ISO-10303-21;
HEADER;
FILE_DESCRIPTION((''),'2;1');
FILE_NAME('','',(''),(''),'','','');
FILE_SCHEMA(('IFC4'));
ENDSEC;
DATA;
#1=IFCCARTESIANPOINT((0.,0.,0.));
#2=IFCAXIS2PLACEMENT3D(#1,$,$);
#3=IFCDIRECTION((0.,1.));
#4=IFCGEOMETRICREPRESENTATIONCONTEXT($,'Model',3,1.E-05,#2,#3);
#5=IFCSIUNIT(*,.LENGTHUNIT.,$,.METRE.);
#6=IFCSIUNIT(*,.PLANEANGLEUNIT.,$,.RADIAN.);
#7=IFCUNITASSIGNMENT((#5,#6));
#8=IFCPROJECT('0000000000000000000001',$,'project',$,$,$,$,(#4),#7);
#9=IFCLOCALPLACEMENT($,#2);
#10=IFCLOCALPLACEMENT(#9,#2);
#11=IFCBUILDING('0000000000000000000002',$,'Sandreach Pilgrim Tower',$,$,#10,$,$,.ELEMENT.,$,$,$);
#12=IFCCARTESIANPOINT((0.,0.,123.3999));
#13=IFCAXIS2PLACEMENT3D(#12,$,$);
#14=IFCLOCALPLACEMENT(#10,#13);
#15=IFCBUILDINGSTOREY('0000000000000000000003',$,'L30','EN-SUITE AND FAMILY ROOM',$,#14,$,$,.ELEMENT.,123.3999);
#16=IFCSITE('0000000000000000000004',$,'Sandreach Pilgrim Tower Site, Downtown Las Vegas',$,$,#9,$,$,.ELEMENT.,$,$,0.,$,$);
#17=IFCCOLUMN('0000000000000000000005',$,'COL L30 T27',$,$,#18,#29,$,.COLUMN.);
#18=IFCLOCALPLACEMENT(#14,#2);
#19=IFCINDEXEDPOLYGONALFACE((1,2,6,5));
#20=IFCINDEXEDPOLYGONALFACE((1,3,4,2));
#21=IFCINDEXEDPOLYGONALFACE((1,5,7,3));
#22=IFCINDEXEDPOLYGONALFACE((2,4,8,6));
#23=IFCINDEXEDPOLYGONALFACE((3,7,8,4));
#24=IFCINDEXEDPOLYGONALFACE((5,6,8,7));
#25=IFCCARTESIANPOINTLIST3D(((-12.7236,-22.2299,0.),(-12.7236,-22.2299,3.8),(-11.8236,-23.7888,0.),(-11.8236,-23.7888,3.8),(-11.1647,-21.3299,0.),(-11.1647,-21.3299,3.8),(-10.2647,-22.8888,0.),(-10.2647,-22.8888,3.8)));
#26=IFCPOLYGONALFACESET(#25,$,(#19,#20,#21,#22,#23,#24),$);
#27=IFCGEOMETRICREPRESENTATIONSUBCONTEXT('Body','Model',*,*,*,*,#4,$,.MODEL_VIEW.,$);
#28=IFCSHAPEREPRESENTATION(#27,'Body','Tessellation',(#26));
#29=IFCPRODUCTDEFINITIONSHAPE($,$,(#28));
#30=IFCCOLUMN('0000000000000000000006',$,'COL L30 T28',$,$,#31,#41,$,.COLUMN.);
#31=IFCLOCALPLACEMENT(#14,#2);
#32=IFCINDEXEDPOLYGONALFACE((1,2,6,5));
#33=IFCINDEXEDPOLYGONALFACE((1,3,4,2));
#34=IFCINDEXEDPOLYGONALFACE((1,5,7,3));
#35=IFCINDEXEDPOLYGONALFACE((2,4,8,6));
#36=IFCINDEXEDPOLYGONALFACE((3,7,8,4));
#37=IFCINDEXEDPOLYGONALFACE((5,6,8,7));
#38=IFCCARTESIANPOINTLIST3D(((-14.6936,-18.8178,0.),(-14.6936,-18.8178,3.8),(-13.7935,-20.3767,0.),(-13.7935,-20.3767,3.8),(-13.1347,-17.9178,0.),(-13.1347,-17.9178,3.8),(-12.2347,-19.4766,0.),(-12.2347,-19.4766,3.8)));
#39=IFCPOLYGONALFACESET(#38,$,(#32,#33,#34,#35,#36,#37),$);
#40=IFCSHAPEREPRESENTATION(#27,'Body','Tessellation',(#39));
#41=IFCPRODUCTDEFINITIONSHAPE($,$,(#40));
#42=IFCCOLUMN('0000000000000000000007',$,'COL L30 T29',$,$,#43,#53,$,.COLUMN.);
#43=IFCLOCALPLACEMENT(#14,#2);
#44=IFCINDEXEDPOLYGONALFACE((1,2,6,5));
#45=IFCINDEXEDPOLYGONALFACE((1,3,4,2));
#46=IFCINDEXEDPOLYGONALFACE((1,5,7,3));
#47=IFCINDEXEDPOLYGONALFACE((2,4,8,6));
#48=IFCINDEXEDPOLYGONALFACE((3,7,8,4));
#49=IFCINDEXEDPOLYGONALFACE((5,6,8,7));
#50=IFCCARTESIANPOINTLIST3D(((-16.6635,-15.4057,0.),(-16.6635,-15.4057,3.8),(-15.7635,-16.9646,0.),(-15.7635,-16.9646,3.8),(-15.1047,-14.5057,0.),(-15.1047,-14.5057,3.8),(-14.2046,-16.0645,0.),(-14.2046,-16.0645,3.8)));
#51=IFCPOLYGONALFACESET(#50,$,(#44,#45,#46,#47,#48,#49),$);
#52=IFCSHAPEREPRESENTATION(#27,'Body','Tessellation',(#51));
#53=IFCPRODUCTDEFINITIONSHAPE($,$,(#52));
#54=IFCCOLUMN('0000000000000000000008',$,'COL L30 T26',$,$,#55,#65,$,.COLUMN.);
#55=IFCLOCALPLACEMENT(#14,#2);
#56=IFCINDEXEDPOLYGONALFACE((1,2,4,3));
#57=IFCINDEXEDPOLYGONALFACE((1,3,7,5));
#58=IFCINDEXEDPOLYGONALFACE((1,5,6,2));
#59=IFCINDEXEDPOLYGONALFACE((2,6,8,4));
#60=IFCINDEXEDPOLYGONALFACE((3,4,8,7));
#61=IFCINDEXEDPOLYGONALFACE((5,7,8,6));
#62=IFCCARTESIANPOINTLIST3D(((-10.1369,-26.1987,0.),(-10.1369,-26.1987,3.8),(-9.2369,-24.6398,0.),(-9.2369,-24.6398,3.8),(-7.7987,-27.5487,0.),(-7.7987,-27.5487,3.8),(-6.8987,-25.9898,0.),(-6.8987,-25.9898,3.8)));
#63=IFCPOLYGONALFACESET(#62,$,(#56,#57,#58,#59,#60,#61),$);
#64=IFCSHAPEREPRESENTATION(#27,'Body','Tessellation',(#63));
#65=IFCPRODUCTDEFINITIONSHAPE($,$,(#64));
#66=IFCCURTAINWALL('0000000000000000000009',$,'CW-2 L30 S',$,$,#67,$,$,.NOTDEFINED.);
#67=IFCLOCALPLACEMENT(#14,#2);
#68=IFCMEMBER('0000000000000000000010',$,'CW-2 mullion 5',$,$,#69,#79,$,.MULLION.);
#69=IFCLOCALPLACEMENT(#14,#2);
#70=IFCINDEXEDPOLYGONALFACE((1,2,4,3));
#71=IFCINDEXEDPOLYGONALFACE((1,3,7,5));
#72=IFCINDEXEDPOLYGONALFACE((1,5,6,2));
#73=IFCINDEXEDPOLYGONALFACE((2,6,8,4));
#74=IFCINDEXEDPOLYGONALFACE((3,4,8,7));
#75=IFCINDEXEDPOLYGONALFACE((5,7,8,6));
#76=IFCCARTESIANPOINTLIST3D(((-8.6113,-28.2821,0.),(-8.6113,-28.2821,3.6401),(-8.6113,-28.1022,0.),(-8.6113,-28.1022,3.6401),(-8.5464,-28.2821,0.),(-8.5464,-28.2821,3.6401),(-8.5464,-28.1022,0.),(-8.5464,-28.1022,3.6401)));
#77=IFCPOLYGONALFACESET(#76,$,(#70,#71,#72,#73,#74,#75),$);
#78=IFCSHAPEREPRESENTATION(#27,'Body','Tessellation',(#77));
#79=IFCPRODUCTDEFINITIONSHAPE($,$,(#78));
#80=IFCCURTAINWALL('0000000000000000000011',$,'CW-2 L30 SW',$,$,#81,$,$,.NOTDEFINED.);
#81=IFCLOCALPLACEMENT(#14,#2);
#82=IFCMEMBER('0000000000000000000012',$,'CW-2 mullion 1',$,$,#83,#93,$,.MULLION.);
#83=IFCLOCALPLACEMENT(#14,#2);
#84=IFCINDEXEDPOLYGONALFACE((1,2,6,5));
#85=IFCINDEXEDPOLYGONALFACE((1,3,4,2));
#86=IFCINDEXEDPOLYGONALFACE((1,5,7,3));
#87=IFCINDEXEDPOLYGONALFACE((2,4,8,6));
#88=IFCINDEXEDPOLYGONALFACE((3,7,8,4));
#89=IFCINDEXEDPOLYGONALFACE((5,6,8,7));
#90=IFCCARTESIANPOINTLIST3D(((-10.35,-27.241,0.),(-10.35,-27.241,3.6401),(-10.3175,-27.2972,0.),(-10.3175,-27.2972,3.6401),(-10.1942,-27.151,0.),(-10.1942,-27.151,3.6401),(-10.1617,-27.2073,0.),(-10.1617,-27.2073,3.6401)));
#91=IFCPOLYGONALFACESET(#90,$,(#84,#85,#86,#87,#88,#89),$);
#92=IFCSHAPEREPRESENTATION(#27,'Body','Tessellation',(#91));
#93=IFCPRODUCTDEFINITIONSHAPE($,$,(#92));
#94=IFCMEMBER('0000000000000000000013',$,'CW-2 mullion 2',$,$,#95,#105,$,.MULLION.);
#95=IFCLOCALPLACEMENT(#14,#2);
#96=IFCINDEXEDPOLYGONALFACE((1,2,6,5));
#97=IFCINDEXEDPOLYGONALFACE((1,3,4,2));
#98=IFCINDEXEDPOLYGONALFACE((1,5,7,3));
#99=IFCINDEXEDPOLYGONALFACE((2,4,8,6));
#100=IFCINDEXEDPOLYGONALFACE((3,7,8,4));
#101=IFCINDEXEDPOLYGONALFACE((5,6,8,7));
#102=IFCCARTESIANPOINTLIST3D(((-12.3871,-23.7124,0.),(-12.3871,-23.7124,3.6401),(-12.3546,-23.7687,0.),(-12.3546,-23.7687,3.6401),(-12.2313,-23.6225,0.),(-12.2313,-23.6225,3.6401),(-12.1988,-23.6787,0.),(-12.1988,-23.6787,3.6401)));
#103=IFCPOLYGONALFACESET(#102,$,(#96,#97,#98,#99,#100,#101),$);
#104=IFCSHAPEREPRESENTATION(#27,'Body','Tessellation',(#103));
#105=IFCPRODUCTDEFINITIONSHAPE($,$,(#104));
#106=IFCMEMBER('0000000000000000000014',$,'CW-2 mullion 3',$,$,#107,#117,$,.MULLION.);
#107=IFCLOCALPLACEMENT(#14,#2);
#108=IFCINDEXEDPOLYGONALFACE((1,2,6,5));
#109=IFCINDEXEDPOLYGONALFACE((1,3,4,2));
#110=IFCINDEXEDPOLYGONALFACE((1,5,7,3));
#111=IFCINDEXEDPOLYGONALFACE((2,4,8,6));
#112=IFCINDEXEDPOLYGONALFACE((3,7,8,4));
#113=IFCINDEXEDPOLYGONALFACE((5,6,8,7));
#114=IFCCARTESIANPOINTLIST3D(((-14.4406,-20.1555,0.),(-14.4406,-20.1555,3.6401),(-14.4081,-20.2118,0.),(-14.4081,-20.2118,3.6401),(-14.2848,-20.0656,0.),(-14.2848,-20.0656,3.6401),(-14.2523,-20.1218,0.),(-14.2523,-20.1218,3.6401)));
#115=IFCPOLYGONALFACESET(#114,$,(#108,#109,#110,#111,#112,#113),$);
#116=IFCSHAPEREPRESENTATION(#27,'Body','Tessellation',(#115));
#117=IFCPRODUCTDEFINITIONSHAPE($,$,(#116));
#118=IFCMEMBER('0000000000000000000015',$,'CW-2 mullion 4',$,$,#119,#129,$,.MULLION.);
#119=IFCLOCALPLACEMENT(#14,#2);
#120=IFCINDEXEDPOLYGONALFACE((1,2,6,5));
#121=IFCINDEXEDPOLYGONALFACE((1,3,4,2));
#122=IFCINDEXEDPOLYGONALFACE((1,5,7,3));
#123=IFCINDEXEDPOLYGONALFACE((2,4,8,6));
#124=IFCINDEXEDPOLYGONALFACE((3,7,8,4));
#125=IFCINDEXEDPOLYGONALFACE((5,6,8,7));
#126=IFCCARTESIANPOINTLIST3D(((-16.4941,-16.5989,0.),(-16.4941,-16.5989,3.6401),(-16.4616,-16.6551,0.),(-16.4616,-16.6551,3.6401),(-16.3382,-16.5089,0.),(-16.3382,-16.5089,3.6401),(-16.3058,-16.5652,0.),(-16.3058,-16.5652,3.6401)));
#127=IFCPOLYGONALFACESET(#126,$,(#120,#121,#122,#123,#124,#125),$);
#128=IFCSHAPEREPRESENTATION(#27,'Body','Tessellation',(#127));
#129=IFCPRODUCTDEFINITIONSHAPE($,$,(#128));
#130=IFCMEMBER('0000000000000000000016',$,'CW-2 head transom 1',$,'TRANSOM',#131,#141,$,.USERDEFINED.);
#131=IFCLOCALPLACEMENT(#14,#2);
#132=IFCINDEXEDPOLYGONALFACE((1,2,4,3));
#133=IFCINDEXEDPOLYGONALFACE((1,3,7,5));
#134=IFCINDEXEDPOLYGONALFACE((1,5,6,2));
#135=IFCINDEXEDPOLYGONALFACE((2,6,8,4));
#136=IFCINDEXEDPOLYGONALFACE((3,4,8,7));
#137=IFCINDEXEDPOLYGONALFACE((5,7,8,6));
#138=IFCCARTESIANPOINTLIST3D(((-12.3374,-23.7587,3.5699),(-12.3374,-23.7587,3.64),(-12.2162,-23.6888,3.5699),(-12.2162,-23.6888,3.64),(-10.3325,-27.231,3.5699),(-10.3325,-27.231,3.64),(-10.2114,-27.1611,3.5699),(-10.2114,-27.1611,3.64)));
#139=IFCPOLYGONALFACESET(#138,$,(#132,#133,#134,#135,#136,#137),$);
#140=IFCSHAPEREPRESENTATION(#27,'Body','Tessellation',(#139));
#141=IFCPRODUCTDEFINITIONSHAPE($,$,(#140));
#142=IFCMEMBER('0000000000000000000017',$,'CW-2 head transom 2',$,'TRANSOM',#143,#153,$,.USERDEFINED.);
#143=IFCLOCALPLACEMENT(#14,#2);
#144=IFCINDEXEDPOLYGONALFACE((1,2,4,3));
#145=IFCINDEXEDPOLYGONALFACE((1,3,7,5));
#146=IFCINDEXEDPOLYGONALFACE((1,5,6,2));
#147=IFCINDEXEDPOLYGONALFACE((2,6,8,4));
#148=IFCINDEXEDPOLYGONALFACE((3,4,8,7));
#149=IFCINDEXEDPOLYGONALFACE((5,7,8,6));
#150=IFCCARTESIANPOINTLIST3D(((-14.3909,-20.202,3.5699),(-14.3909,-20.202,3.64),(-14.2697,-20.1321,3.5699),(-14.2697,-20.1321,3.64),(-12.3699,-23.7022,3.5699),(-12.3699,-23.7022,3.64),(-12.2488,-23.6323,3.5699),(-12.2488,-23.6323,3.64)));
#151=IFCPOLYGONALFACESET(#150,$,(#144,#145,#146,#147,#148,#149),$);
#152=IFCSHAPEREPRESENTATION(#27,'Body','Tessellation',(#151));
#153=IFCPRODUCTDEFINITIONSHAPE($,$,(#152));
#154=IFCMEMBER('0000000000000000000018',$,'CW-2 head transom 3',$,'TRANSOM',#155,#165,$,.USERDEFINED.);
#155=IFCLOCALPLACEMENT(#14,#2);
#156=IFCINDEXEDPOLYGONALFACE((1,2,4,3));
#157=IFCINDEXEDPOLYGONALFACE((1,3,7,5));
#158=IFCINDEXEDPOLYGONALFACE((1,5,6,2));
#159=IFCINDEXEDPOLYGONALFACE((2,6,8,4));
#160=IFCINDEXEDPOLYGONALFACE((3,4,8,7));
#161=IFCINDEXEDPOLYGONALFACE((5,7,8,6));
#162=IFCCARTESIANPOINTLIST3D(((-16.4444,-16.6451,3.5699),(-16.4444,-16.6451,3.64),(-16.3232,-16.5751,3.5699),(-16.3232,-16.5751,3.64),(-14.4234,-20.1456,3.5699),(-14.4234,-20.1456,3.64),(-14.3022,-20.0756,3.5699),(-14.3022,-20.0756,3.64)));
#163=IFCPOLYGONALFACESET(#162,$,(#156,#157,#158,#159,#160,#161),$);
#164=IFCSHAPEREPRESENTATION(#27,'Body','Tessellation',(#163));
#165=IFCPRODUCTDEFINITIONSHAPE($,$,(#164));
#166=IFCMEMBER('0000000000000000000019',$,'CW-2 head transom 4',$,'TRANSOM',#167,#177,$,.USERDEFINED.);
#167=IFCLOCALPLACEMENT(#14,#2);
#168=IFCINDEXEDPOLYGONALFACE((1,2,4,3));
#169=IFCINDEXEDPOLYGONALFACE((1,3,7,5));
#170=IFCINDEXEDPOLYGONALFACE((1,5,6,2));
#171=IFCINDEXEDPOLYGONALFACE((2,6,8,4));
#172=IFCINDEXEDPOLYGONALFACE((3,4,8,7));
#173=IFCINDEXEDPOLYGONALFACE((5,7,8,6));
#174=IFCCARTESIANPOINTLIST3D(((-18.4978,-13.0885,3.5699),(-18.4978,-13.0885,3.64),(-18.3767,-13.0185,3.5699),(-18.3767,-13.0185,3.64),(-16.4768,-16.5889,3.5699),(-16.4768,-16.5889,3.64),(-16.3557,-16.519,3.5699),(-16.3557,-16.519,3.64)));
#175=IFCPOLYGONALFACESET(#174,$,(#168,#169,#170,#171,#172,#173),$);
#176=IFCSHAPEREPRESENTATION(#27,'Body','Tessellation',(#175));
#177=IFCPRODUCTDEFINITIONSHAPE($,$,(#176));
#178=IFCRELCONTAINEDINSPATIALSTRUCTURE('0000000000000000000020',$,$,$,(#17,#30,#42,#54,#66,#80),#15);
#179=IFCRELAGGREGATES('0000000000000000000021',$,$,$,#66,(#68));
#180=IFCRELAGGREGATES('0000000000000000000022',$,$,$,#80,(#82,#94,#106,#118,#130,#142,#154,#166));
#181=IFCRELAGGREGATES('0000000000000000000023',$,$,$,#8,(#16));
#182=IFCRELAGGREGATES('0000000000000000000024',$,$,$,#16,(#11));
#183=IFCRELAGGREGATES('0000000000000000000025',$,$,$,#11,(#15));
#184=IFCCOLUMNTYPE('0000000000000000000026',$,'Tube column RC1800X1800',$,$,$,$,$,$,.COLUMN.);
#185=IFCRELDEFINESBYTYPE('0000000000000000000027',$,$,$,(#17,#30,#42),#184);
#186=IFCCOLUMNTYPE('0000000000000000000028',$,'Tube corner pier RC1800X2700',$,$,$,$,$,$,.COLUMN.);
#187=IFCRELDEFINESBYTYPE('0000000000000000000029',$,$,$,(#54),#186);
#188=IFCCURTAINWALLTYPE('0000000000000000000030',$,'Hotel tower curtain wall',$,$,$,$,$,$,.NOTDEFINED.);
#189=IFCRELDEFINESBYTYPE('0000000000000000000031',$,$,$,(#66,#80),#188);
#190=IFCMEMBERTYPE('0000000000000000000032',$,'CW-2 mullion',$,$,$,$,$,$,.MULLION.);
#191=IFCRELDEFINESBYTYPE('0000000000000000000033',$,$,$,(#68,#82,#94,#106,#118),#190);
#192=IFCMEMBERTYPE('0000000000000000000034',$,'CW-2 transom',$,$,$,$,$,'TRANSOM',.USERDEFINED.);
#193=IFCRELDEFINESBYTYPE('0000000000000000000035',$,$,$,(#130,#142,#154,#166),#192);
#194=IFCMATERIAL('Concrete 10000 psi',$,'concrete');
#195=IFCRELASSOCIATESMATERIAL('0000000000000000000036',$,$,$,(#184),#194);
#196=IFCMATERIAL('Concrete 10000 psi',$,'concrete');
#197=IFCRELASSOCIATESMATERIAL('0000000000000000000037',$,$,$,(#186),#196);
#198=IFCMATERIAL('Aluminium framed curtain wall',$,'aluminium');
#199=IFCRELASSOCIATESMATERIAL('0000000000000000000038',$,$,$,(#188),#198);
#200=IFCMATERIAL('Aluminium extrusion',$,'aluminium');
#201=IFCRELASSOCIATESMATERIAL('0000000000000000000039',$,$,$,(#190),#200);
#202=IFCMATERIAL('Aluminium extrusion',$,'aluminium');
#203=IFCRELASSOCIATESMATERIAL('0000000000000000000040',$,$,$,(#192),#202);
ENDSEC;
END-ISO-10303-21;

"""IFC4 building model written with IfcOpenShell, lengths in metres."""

from ifc_helpers import new_model, si_unit, direction, frame, origin, origin_2d, place, context, subcontext, project, spatial, rectangle, extrude, material, material_profile, profile_set, type_object, element, aggregate, save


model = new_model("IFC4")

# Units and contexts
model_context = context("Model", 3, precision=1e-05, world=origin(), true_north=direction((0.0, 1.0)))
body_context = subcontext(model_context, "Body", "Model", "MODEL_VIEW")
ifc_project = project(units=[si_unit("LENGTHUNIT", "METRE"), si_unit("PLANEANGLEUNIT", "RADIAN")], contexts=[model_context])

# Site, building, storey
site_placement = place(None, origin())
site = spatial("IfcSite", under=ifc_project, at=site_placement, Name="Sandreach Pilgrim Tower Site, Downtown Las Vegas", CompositionType="ELEMENT", RefElevation=0.0)
building_placement = place(site_placement, origin())
building = spatial("IfcBuilding", under=site, at=building_placement, Name="Sandreach Pilgrim Tower", CompositionType="ELEMENT")
storey_placement = place(building_placement, frame((0.0, 0.0, 123.3999)))
storey = spatial("IfcBuildingStorey", under=building, at=storey_placement, Name="L30", Description="EN-SUITE AND FAMILY ROOM", CompositionType="ELEMENT", Elevation=123.3999)

# Columns
ifc_material_1 = material(Name="Concrete 10000 psi", Category="concrete")
ifc_material_profile_1 = material_profile(ifc_material_1, rectangle(XDim=1.8, YDim=1.8, at=origin_2d()), Name="RC1800X1800")
ifc_profile_set_1 = profile_set([ifc_material_profile_1], Name="Concrete 10000 psi")
column_type_1 = type_object("IfcColumnType", Name="Tube column RC1800X1800", PredefinedType="COLUMN", material=ifc_profile_set_1)
for number, where, z_axis, x_axis, name in (
    (1, (-11.4941, -22.5593, 0.0), (0.0, 0.0, 1.0), (-0.866025, -0.5, 0.0), "COL L30 T27"),
    (2, (-13.4641, -19.1472, 0.0), (0.0, 0.0, 1.0), (-0.866025, -0.5, 0.0), "COL L30 T28"),
    (3, (-15.4341, -15.7351, 0.0), (0.0, 0.0, 1.0), (-0.866025, -0.5, 0.0), "COL L30 T29"),
):
    element("IfcColumn", number, at=place(storey_placement, frame(where, z_axis=z_axis, x_axis=x_axis)), inside=storey, type_object=column_type_1, Name=name, PredefinedType="COLUMN", context=body_context, shape_type="SweptSolid", body=[
        extrude(rectangle(XDim=1.8, YDim=1.8, at=origin_2d()), origin(), (0.0, 0.0, 1.0), 3.8),
    ])
ifc_material_2 = material(Name="Concrete 10000 psi", Category="concrete")
ifc_material_profile_2 = material_profile(ifc_material_2, rectangle(XDim=1.8, YDim=2.7, at=origin_2d()), Name="RC1800X2700")
ifc_profile_set_2 = profile_set([ifc_material_profile_2], Name="Concrete 10000 psi")
column_type_2 = type_object("IfcColumnType", Name="Tube corner pier RC1800X2700", PredefinedType="COLUMN", material=ifc_profile_set_2)
column_placement = place(storey_placement, frame((-8.5178, -26.0942, 0.0), z_axis=(0.0, 0.0, 1.0), x_axis=(-0.5, -0.866025, 0.0)))
element("IfcColumn", 4, at=column_placement, inside=storey, type_object=column_type_2, Name="COL L30 T26", PredefinedType="COLUMN", context=body_context, shape_type="SweptSolid", body=[
    extrude(rectangle(XDim=1.8, YDim=2.7, at=origin_2d()), origin(), (0.0, 0.0, 1.0), 3.8),
])

# Curtain wall, member
ifc_material_3 = material(Name="Aluminium framed curtain wall", Category="aluminium")
curtain_wall_type = type_object("IfcCurtainWallType", Name="Hotel tower curtain wall", PredefinedType="NOTDEFINED", material=ifc_material_3)
curtain_wall_1_placement = place(storey_placement, origin())
curtain_wall_1 = element("IfcCurtainWall", 5, at=curtain_wall_1_placement, inside=storey, type_object=curtain_wall_type, Name="CW-2 L30 S", PredefinedType="NOTDEFINED")
ifc_material_4 = material(Name="Aluminium extrusion", Category="aluminium")
ifc_material_profile_3 = material_profile(ifc_material_4, rectangle(XDim=0.0649, YDim=0.1799, at=origin_2d()), Name="CW-2M 65X180")
ifc_profile_set_3 = profile_set([ifc_material_profile_3], Name="Aluminium extrusion")
member_type_1 = type_object("IfcMemberType", Name="CW-2 mullion", PredefinedType="MULLION", material=ifc_profile_set_3)
member_1_placement = place(storey_placement, frame((-8.5789, -28.1921, 0.0), z_axis=(0.0, 0.0, 1.0), x_axis=(-1.0, 0.0, 0.0)))
member_1 = element("IfcMember", 6, at=member_1_placement, type_object=member_type_1, Name="CW-2 mullion 5", PredefinedType="MULLION", context=body_context, shape_type="SweptSolid", body=[
    extrude(rectangle(XDim=0.0649, YDim=0.1799, at=origin_2d()), origin(), (0.0, 0.0, 1.0), 3.6401),
])
aggregate(curtain_wall_1, [member_1])

# Curtain wall, members
curtain_wall_2_placement = place(storey_placement, origin())
curtain_wall_2 = element("IfcCurtainWall", 7, at=curtain_wall_2_placement, inside=storey, type_object=curtain_wall_type, Name="CW-2 L30 SW", PredefinedType="NOTDEFINED")
member_2_placement = place(storey_placement, frame((-10.2559, -27.2241, 0.0), z_axis=(0.0, 0.0, 1.0), x_axis=(-0.5, 0.866025, 0.0)))
member_2 = element("IfcMember", 8, at=member_2_placement, type_object=member_type_1, Name="CW-2 mullion 1", PredefinedType="MULLION", context=body_context, shape_type="SweptSolid", body=[
    extrude(rectangle(XDim=0.0649, YDim=0.1799, at=origin_2d()), origin(), (0.0, 0.0, 1.0), 3.6401),
])
member_3_placement = place(storey_placement, frame((-12.293, -23.6956, 0.0), z_axis=(0.0, 0.0, 1.0), x_axis=(-0.5, 0.866025, 0.0)))
member_3 = element("IfcMember", 9, at=member_3_placement, type_object=member_type_1, Name="CW-2 mullion 2", PredefinedType="MULLION", context=body_context, shape_type="SweptSolid", body=[
    extrude(rectangle(XDim=0.0649, YDim=0.1799, at=origin_2d()), origin(), (0.0, 0.0, 1.0), 3.6401),
])
member_4_placement = place(storey_placement, frame((-14.3464, -20.1387, 0.0), z_axis=(0.0, 0.0, 1.0), x_axis=(-0.5, 0.866025, 0.0)))
member_4 = element("IfcMember", 10, at=member_4_placement, type_object=member_type_1, Name="CW-2 mullion 3", PredefinedType="MULLION", context=body_context, shape_type="SweptSolid", body=[
    extrude(rectangle(XDim=0.0649, YDim=0.1799, at=origin_2d()), origin(), (0.0, 0.0, 1.0), 3.6401),
])
member_5_placement = place(storey_placement, frame((-16.3999, -16.582, 0.0), z_axis=(0.0, 0.0, 1.0), x_axis=(-0.5, 0.866025, 0.0)))
member_5 = element("IfcMember", 11, at=member_5_placement, type_object=member_type_1, Name="CW-2 mullion 4", PredefinedType="MULLION", context=body_context, shape_type="SweptSolid", body=[
    extrude(rectangle(XDim=0.0649, YDim=0.1799, at=origin_2d()), origin(), (0.0, 0.0, 1.0), 3.6401),
])
ifc_material_5 = material(Name="Aluminium extrusion", Category="aluminium")
ifc_material_profile_4 = material_profile(ifc_material_5, rectangle(XDim=0.1399, YDim=0.0701, at=origin_2d()), Name="CW-2T 140X70")
ifc_profile_set_4 = profile_set([ifc_material_profile_4], Name="Aluminium extrusion")
member_type_2 = type_object("IfcMemberType", Name="CW-2 transom", ElementType="TRANSOM", PredefinedType="USERDEFINED", material=ifc_profile_set_4)
member_6_placement = place(storey_placement, frame((-10.272, -27.196, 3.605), z_axis=(-0.500016, 0.866016, 0.0), x_axis=(-0.866016, -0.500016, 0.0)))
member_6 = element("IfcMember", 12, at=member_6_placement, type_object=member_type_2, Name="CW-2 head transom 1", ObjectType="TRANSOM", PredefinedType="USERDEFINED", context=body_context, shape_type="SweptSolid", body=[
    extrude(rectangle(XDim=0.1399, YDim=0.0701, at=origin_2d()), origin(), (0.0, 0.0, 1.0), 4.0095),
])
member_7_placement = place(storey_placement, frame((-12.3093, -23.6672, 3.605), z_axis=(-0.500024, 0.866012, 0.0), x_axis=(-0.866012, -0.500024, 0.0)))
member_7 = element("IfcMember", 13, at=member_7_placement, type_object=member_type_2, Name="CW-2 head transom 2", ObjectType="TRANSOM", PredefinedType="USERDEFINED", context=body_context, shape_type="SweptSolid", body=[
    extrude(rectangle(XDim=0.1399, YDim=0.0701, at=origin_2d()), origin(), (0.0, 0.0, 1.0), 4.0417),
])
member_8_placement = place(storey_placement, frame((-14.3628, -20.1106, 3.605), z_axis=(-0.499998, 0.866027, 0.0), x_axis=(-0.866027, -0.499998, 0.0)))
member_8 = element("IfcMember", 14, at=member_8_placement, type_object=member_type_2, Name="CW-2 head transom 3", ObjectType="TRANSOM", PredefinedType="USERDEFINED", context=body_context, shape_type="SweptSolid", body=[
    extrude(rectangle(XDim=0.1399, YDim=0.0701, at=origin_2d()), origin(), (0.0, 0.0, 1.0), 4.042),
])
member_9_placement = place(storey_placement, frame((-16.4163, -16.554, 3.605), z_axis=(-0.499998, 0.866027, 0.0), x_axis=(-0.866027, -0.499998, 0.0)))
member_9 = element("IfcMember", 15, at=member_9_placement, type_object=member_type_2, Name="CW-2 head transom 4", ObjectType="TRANSOM", PredefinedType="USERDEFINED", context=body_context, shape_type="SweptSolid", body=[
    extrude(rectangle(XDim=0.1399, YDim=0.0701, at=origin_2d()), origin(), (0.0, 0.0, 1.0), 4.042),
])

aggregate(curtain_wall_2, [member_2, member_3, member_4, member_5, member_6, member_7, member_8, member_9])

save(model, "model.ifc")
